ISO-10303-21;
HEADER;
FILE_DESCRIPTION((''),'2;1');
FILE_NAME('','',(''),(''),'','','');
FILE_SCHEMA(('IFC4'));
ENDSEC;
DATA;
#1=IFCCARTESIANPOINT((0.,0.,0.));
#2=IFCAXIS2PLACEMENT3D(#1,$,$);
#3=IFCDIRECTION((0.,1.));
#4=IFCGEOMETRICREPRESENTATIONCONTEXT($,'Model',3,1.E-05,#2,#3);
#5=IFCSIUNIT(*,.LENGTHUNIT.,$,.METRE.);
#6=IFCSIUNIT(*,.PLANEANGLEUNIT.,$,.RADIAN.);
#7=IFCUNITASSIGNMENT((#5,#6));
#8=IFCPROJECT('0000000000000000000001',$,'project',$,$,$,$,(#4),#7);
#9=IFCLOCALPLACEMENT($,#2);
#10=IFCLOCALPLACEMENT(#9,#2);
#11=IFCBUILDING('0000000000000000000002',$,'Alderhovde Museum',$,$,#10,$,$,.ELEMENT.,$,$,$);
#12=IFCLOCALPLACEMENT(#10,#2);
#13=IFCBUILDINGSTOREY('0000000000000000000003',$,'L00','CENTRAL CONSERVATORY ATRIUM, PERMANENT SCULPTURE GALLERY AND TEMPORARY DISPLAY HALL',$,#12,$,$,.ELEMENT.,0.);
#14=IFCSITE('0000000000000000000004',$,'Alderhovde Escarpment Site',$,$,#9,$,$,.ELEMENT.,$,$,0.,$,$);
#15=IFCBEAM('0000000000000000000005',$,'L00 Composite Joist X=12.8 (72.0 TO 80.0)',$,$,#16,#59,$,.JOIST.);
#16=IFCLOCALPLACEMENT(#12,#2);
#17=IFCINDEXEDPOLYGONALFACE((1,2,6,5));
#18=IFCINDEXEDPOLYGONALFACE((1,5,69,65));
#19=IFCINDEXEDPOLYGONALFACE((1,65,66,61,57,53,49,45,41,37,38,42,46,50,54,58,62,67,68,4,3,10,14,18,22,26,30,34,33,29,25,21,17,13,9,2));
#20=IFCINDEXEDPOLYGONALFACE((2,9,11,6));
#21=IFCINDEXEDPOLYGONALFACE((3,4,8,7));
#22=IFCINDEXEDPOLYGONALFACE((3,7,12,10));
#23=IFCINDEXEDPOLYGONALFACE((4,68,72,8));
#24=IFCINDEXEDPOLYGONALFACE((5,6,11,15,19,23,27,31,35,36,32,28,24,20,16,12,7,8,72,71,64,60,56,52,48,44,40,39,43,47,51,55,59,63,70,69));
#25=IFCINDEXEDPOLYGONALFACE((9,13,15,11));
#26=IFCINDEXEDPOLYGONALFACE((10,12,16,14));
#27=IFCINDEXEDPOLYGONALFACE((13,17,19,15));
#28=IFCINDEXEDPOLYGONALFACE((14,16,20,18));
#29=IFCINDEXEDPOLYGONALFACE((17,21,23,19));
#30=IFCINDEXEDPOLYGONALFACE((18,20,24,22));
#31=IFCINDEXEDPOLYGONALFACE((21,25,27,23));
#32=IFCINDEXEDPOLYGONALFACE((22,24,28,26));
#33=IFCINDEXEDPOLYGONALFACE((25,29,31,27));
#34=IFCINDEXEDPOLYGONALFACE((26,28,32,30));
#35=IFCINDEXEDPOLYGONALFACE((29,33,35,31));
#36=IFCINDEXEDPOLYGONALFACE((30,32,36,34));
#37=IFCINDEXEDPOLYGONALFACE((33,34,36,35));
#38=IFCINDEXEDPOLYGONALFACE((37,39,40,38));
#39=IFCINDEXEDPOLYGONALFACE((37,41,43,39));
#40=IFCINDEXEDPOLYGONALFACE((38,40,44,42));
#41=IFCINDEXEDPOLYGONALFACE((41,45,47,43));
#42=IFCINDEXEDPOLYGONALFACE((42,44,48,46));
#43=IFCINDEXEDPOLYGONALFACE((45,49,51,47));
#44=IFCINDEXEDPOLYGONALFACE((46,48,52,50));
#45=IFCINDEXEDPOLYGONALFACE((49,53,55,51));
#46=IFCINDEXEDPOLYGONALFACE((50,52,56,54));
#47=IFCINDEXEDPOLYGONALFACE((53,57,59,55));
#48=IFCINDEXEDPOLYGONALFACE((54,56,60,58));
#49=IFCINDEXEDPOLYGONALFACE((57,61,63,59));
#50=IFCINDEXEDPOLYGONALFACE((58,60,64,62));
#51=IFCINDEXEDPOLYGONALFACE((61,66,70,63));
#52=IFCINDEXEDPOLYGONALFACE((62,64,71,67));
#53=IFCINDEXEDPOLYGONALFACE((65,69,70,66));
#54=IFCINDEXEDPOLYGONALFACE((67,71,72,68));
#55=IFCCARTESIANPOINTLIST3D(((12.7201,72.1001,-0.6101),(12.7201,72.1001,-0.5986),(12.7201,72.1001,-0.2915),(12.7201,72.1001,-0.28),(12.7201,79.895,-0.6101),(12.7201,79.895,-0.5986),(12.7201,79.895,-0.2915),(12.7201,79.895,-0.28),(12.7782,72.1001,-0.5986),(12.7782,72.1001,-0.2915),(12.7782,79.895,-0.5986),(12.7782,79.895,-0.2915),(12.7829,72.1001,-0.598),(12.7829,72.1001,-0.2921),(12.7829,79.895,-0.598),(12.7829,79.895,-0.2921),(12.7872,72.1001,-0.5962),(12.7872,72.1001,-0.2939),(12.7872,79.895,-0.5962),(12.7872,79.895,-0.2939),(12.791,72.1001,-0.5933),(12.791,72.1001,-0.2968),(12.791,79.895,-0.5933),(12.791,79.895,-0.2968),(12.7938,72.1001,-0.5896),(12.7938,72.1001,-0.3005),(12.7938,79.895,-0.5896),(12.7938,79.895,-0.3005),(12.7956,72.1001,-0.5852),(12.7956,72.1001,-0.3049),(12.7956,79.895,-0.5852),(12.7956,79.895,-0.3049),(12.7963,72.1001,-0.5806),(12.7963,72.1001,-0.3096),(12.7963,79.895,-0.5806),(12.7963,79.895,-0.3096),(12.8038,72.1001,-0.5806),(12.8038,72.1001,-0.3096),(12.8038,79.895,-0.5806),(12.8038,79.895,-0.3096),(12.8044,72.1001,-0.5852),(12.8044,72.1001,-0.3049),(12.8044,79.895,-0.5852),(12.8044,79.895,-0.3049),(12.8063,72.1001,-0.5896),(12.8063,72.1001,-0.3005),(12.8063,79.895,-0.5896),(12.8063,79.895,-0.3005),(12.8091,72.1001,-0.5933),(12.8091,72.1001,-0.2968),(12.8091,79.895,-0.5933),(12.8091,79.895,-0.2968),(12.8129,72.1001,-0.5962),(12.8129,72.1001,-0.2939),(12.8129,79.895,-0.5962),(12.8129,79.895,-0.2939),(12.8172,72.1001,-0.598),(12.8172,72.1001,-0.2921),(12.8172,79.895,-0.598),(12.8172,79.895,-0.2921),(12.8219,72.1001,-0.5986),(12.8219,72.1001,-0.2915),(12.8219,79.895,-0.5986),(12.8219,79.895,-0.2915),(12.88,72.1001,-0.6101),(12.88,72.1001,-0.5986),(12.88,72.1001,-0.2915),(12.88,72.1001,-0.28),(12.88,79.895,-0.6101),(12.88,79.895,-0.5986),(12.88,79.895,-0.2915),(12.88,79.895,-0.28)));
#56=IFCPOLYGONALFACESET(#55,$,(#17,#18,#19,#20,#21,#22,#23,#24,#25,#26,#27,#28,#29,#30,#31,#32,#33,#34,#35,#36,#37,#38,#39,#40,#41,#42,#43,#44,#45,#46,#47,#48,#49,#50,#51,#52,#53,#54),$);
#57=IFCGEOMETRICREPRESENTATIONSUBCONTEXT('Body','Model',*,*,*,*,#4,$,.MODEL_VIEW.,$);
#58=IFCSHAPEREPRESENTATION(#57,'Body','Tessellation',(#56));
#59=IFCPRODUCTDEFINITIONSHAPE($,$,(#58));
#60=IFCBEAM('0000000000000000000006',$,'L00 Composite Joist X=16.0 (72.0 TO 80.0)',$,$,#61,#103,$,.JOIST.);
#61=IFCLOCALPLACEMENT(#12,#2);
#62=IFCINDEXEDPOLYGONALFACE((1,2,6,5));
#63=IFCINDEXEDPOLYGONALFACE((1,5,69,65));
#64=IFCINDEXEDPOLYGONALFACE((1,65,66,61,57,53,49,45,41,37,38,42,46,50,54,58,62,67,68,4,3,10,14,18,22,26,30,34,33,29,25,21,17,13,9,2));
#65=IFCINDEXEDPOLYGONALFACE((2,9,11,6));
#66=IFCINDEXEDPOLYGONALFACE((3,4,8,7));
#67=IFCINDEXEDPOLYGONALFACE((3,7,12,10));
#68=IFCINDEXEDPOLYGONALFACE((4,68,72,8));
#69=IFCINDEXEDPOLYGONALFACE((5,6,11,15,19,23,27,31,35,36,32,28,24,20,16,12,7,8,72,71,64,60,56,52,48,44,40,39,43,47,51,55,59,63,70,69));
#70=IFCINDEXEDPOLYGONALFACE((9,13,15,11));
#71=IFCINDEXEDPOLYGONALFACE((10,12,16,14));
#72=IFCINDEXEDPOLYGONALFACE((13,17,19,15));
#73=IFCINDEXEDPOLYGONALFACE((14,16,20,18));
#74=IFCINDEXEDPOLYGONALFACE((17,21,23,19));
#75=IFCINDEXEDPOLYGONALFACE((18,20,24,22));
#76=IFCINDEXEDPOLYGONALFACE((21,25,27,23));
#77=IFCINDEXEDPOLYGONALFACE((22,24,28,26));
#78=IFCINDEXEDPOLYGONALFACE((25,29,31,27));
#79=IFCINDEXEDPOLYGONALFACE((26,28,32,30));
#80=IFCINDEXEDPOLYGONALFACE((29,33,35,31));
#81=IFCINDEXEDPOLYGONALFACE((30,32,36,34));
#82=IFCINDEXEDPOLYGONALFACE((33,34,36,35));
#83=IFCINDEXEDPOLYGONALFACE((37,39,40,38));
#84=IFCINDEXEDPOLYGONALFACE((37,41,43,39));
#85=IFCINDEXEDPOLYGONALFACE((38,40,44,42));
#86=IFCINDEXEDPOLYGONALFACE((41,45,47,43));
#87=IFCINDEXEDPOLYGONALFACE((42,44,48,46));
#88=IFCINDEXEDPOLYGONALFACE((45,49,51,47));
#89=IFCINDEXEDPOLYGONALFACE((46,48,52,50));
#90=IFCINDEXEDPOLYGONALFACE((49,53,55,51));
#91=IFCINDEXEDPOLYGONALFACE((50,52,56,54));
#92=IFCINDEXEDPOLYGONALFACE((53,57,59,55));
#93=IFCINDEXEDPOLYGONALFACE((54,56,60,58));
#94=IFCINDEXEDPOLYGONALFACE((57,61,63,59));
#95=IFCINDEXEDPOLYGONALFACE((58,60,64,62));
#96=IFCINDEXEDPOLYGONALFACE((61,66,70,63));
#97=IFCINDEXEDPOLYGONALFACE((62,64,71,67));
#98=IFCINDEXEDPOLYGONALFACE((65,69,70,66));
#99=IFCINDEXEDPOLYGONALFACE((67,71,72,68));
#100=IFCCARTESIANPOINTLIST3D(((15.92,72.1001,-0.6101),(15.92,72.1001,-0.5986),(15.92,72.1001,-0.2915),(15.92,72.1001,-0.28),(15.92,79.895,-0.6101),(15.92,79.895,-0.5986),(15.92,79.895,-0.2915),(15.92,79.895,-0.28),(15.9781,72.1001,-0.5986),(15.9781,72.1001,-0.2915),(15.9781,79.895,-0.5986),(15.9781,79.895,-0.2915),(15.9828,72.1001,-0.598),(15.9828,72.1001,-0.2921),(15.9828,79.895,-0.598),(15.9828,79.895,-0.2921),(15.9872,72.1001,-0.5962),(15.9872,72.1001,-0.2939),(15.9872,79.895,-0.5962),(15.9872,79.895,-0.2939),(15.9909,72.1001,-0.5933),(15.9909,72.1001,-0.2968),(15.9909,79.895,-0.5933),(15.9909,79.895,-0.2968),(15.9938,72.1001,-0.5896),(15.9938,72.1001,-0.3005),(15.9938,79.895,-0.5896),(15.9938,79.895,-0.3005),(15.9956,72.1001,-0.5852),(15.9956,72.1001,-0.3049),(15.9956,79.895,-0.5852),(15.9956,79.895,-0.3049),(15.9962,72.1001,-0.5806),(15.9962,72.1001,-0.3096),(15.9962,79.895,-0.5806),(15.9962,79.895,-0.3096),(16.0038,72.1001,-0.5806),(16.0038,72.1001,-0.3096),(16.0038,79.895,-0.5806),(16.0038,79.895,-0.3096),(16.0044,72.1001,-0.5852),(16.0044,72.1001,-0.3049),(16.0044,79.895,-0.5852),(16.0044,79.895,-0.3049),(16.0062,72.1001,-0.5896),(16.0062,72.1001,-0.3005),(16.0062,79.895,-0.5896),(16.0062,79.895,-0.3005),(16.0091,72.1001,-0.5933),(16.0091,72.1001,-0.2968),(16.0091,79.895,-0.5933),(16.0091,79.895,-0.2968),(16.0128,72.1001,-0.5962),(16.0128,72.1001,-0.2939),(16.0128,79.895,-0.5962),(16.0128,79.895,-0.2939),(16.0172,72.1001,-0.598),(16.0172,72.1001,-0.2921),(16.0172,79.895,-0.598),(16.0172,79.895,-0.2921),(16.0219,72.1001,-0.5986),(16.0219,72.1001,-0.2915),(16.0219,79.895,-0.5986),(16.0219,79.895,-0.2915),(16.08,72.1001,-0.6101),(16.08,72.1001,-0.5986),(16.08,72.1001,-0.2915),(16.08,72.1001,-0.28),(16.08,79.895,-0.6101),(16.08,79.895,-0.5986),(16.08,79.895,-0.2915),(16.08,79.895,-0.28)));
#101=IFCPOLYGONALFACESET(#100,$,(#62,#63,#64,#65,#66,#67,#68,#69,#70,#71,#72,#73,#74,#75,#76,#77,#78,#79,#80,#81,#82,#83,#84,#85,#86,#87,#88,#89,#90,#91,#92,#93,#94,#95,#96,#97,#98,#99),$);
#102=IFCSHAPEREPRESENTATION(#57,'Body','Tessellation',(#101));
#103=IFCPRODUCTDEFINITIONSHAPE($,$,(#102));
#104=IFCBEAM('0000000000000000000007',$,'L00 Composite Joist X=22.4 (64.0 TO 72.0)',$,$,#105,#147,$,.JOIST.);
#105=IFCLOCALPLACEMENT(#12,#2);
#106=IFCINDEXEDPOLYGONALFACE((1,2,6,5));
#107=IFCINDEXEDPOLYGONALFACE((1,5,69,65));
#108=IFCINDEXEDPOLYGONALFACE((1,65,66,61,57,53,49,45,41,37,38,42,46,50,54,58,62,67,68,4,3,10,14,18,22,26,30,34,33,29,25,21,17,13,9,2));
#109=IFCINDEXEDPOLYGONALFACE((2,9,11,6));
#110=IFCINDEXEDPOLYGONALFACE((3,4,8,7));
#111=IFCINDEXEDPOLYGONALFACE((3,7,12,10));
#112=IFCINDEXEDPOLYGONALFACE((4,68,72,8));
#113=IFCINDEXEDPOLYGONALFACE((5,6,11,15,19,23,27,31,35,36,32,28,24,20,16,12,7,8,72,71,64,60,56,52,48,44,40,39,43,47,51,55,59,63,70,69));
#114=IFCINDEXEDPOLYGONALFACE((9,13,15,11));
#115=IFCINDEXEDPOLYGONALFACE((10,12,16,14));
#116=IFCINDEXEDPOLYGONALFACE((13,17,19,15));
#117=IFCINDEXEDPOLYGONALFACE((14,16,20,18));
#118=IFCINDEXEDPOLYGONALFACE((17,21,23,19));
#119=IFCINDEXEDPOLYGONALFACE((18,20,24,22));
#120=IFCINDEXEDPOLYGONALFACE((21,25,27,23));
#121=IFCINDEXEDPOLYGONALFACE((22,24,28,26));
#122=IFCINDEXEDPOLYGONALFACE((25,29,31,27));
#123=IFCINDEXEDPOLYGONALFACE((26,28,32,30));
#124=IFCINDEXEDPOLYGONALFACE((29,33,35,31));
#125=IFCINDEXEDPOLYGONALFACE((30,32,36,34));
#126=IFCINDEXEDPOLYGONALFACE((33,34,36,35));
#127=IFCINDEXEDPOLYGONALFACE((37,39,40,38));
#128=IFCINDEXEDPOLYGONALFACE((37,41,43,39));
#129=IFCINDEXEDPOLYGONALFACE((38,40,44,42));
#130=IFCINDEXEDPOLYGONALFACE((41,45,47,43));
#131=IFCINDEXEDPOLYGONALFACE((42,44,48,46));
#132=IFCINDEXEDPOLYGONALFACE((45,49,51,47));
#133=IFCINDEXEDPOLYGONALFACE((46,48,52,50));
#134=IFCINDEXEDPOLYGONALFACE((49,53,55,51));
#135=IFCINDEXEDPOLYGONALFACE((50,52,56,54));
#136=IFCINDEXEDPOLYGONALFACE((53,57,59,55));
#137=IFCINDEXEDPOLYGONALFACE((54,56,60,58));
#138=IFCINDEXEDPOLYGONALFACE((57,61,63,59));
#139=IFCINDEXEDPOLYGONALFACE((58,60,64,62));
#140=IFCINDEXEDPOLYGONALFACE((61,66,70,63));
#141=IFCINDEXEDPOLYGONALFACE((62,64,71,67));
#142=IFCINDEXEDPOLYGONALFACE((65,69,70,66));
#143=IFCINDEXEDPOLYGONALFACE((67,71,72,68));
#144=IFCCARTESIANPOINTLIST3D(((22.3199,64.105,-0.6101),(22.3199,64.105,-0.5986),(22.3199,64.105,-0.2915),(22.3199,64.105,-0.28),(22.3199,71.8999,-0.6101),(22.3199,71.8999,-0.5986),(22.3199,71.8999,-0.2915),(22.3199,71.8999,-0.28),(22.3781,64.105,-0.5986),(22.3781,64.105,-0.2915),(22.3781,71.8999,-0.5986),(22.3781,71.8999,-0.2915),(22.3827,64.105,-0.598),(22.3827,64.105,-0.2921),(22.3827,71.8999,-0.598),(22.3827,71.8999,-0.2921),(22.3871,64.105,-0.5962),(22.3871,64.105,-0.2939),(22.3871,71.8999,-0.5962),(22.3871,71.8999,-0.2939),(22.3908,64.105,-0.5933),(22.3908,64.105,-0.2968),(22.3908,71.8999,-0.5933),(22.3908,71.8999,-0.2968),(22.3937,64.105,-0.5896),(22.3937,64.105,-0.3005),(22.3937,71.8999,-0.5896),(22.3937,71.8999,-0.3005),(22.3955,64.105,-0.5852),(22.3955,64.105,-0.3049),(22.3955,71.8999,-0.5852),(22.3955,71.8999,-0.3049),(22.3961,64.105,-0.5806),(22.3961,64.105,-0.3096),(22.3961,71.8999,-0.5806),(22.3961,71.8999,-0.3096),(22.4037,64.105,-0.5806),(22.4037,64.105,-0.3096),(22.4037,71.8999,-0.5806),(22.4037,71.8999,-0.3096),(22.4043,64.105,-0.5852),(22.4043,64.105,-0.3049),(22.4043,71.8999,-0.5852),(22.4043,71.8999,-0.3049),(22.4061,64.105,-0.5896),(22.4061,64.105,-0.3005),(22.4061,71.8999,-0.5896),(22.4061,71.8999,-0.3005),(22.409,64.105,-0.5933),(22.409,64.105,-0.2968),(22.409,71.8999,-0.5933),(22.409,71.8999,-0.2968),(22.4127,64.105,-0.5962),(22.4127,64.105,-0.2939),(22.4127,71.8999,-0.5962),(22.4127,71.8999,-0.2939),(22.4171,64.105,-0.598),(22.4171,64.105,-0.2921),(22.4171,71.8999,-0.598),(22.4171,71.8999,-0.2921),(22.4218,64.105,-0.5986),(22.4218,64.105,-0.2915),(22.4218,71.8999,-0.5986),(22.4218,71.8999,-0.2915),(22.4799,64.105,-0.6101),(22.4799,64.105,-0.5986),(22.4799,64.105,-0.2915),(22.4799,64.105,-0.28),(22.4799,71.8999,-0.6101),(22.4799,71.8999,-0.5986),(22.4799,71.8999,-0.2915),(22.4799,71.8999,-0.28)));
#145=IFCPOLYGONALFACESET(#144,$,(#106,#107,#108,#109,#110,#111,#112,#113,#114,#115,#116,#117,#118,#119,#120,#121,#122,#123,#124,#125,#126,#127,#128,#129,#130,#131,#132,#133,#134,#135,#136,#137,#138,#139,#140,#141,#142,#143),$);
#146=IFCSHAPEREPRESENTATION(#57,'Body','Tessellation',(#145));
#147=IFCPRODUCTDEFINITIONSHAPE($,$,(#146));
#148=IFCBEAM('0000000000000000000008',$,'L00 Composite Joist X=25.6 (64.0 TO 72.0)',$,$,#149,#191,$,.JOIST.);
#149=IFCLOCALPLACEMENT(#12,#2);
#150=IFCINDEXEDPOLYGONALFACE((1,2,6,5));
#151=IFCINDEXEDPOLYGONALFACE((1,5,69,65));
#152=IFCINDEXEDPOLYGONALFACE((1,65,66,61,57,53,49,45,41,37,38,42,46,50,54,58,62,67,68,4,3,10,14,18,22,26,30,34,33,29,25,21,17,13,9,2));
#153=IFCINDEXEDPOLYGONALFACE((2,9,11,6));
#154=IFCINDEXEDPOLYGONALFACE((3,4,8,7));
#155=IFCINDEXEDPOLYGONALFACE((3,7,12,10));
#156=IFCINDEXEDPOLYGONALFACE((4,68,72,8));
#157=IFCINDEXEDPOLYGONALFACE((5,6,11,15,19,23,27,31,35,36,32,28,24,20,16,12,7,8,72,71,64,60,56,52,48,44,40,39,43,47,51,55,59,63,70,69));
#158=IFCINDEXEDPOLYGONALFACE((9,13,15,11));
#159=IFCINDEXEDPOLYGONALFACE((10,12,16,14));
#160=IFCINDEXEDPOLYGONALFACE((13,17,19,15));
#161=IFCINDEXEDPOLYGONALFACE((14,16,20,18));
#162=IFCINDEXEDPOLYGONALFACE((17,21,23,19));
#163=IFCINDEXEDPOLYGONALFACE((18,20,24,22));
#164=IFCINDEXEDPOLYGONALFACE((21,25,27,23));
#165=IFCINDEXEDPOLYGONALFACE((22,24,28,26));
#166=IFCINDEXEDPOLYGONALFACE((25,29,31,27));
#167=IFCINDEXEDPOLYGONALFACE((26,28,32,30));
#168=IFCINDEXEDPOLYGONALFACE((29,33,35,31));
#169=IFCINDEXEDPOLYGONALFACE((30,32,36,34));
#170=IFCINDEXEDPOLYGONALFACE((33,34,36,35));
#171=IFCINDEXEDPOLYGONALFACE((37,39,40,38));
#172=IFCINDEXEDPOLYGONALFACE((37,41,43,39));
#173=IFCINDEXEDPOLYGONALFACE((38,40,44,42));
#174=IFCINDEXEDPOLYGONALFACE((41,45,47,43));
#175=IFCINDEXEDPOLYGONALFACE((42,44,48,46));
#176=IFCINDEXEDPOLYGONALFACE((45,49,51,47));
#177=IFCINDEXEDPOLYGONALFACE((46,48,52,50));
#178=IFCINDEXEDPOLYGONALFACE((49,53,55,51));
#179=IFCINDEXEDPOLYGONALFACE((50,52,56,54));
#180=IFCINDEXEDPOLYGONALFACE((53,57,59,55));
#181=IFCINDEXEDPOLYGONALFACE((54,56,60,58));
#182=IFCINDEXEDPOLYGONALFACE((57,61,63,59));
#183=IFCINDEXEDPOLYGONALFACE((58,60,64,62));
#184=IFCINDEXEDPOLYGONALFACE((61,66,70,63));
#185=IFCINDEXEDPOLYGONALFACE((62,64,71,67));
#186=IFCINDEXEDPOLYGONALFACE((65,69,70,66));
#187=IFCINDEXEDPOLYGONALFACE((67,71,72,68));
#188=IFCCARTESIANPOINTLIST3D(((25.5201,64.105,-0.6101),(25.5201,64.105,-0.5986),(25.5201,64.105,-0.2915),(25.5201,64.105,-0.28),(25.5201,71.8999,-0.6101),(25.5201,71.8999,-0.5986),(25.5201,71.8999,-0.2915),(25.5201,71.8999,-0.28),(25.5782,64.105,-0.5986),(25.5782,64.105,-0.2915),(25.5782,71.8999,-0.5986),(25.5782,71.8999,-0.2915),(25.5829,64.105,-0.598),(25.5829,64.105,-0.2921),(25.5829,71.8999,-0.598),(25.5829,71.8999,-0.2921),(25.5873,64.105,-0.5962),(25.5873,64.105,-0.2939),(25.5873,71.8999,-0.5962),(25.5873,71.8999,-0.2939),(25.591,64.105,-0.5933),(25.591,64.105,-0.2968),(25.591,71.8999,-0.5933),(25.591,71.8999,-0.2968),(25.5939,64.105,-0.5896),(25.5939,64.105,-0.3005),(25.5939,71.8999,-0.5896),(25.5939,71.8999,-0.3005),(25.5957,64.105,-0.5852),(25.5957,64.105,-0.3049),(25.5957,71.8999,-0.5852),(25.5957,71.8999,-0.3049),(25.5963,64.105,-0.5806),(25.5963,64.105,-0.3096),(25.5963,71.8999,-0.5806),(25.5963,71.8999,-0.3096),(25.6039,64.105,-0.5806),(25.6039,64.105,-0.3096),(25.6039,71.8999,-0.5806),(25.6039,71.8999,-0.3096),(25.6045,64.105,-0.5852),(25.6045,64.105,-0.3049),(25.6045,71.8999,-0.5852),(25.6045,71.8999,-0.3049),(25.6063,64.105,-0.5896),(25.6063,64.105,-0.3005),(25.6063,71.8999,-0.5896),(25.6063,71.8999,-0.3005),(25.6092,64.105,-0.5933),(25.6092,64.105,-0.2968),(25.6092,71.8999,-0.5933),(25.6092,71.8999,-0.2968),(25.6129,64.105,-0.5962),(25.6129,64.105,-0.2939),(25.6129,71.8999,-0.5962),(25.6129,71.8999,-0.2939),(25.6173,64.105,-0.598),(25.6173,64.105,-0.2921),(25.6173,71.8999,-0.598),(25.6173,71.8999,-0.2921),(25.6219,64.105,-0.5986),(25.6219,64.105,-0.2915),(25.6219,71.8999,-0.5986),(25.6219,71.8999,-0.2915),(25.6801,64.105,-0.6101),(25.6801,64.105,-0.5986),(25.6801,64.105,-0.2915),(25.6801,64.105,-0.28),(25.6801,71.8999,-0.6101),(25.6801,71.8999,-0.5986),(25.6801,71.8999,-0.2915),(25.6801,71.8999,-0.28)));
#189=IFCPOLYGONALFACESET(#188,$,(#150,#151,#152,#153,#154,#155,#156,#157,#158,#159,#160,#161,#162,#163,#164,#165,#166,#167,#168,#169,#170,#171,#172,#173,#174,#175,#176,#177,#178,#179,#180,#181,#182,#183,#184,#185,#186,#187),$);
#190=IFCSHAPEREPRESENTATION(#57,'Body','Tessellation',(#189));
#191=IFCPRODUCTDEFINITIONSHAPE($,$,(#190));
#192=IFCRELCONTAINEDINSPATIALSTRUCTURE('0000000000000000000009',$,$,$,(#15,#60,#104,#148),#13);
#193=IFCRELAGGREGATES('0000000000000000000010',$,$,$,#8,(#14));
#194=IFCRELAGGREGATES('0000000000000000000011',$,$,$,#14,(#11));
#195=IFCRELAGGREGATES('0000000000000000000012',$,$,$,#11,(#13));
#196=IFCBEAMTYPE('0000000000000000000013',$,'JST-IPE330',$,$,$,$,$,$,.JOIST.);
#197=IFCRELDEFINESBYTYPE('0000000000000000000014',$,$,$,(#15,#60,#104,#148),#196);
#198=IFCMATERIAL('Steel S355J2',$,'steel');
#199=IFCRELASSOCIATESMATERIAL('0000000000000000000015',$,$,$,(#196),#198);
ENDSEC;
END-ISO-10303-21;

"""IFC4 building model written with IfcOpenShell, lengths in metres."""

from ifc_helpers import new_model, si_unit, direction, frame, origin, origin_2d, place, context, subcontext, project, spatial, i_section, extrude, material, material_profile, profile_set, type_object, element, save


model = new_model("IFC4")

# Units and contexts
model_context = context("Model", 3, precision=1e-05, world=origin(), true_north=direction((0.0, 1.0)))
body_context = subcontext(model_context, "Body", "Model", "MODEL_VIEW")
ifc_project = project(units=[si_unit("LENGTHUNIT", "METRE"), si_unit("PLANEANGLEUNIT", "RADIAN")], contexts=[model_context])

# Site, building, storey
site_placement = place(None, origin())
site = spatial("IfcSite", under=ifc_project, at=site_placement, Name="Alderhovde Escarpment Site", CompositionType="ELEMENT", RefElevation=0.0)
building_placement = place(site_placement, origin())
building = spatial("IfcBuilding", under=site, at=building_placement, Name="Alderhovde Museum", CompositionType="ELEMENT")
storey_placement = place(building_placement, origin())
storey = spatial("IfcBuildingStorey", under=building, at=storey_placement, Name="L00", Description="CENTRAL CONSERVATORY ATRIUM, PERMANENT SCULPTURE GALLERY AND TEMPORARY DISPLAY HALL", CompositionType="ELEMENT", Elevation=0.0)

# Beams
ifc_material_1 = material(Name="Steel S355J2", Category="steel")
ifc_material_profile_1 = material_profile(ifc_material_1, i_section(OverallWidth=0.1599, OverallDepth=0.3301, WebThickness=0.0076, FlangeThickness=0.0115, FilletRadius=0.0181, at=origin_2d()), Name="IPE 330")
ifc_profile_set_1 = profile_set([ifc_material_profile_1], Name="Steel S355J2")
beam_type_1 = type_object("IfcBeamType", Name="JST-IPE330", PredefinedType="JOIST", material=ifc_profile_set_1)
for number, where, z_axis, x_axis, name in (
    (1, (12.8, 72.1001, -0.4451), (0.0, 1.0, 0.0), (-1.0, 0.0, 0.0), "L00 Composite Joist X=12.8 (72.0 TO 80.0)"),
    (2, (16.0, 72.1001, -0.4451), (0.0, 1.0, 0.0), (-1.0, 0.0, 0.0), "L00 Composite Joist X=16.0 (72.0 TO 80.0)"),
    (3, (22.3999, 64.105, -0.4451), (0.0, 1.0, 0.0), (-1.0, 0.0, 0.0), "L00 Composite Joist X=22.4 (64.0 TO 72.0)"),
    (4, (25.6001, 64.105, -0.4451), (0.0, 1.0, 0.0), (-1.0, 0.0, 0.0), "L00 Composite Joist X=25.6 (64.0 TO 72.0)"),
):
    element("IfcBeam", number, at=place(storey_placement, frame(where, z_axis=z_axis, x_axis=x_axis)), inside=storey, type_object=beam_type_1, Name=name, PredefinedType="JOIST", context=body_context, shape_type="SweptSolid", body=[
        extrude(i_section(OverallWidth=0.1599, OverallDepth=0.3301, WebThickness=0.0076, FlangeThickness=0.0115, FilletRadius=0.0181, at=origin_2d()), origin(), (0.0, 0.0, 1.0), 7.7949),
    ])

save(model, "model.ifc")
